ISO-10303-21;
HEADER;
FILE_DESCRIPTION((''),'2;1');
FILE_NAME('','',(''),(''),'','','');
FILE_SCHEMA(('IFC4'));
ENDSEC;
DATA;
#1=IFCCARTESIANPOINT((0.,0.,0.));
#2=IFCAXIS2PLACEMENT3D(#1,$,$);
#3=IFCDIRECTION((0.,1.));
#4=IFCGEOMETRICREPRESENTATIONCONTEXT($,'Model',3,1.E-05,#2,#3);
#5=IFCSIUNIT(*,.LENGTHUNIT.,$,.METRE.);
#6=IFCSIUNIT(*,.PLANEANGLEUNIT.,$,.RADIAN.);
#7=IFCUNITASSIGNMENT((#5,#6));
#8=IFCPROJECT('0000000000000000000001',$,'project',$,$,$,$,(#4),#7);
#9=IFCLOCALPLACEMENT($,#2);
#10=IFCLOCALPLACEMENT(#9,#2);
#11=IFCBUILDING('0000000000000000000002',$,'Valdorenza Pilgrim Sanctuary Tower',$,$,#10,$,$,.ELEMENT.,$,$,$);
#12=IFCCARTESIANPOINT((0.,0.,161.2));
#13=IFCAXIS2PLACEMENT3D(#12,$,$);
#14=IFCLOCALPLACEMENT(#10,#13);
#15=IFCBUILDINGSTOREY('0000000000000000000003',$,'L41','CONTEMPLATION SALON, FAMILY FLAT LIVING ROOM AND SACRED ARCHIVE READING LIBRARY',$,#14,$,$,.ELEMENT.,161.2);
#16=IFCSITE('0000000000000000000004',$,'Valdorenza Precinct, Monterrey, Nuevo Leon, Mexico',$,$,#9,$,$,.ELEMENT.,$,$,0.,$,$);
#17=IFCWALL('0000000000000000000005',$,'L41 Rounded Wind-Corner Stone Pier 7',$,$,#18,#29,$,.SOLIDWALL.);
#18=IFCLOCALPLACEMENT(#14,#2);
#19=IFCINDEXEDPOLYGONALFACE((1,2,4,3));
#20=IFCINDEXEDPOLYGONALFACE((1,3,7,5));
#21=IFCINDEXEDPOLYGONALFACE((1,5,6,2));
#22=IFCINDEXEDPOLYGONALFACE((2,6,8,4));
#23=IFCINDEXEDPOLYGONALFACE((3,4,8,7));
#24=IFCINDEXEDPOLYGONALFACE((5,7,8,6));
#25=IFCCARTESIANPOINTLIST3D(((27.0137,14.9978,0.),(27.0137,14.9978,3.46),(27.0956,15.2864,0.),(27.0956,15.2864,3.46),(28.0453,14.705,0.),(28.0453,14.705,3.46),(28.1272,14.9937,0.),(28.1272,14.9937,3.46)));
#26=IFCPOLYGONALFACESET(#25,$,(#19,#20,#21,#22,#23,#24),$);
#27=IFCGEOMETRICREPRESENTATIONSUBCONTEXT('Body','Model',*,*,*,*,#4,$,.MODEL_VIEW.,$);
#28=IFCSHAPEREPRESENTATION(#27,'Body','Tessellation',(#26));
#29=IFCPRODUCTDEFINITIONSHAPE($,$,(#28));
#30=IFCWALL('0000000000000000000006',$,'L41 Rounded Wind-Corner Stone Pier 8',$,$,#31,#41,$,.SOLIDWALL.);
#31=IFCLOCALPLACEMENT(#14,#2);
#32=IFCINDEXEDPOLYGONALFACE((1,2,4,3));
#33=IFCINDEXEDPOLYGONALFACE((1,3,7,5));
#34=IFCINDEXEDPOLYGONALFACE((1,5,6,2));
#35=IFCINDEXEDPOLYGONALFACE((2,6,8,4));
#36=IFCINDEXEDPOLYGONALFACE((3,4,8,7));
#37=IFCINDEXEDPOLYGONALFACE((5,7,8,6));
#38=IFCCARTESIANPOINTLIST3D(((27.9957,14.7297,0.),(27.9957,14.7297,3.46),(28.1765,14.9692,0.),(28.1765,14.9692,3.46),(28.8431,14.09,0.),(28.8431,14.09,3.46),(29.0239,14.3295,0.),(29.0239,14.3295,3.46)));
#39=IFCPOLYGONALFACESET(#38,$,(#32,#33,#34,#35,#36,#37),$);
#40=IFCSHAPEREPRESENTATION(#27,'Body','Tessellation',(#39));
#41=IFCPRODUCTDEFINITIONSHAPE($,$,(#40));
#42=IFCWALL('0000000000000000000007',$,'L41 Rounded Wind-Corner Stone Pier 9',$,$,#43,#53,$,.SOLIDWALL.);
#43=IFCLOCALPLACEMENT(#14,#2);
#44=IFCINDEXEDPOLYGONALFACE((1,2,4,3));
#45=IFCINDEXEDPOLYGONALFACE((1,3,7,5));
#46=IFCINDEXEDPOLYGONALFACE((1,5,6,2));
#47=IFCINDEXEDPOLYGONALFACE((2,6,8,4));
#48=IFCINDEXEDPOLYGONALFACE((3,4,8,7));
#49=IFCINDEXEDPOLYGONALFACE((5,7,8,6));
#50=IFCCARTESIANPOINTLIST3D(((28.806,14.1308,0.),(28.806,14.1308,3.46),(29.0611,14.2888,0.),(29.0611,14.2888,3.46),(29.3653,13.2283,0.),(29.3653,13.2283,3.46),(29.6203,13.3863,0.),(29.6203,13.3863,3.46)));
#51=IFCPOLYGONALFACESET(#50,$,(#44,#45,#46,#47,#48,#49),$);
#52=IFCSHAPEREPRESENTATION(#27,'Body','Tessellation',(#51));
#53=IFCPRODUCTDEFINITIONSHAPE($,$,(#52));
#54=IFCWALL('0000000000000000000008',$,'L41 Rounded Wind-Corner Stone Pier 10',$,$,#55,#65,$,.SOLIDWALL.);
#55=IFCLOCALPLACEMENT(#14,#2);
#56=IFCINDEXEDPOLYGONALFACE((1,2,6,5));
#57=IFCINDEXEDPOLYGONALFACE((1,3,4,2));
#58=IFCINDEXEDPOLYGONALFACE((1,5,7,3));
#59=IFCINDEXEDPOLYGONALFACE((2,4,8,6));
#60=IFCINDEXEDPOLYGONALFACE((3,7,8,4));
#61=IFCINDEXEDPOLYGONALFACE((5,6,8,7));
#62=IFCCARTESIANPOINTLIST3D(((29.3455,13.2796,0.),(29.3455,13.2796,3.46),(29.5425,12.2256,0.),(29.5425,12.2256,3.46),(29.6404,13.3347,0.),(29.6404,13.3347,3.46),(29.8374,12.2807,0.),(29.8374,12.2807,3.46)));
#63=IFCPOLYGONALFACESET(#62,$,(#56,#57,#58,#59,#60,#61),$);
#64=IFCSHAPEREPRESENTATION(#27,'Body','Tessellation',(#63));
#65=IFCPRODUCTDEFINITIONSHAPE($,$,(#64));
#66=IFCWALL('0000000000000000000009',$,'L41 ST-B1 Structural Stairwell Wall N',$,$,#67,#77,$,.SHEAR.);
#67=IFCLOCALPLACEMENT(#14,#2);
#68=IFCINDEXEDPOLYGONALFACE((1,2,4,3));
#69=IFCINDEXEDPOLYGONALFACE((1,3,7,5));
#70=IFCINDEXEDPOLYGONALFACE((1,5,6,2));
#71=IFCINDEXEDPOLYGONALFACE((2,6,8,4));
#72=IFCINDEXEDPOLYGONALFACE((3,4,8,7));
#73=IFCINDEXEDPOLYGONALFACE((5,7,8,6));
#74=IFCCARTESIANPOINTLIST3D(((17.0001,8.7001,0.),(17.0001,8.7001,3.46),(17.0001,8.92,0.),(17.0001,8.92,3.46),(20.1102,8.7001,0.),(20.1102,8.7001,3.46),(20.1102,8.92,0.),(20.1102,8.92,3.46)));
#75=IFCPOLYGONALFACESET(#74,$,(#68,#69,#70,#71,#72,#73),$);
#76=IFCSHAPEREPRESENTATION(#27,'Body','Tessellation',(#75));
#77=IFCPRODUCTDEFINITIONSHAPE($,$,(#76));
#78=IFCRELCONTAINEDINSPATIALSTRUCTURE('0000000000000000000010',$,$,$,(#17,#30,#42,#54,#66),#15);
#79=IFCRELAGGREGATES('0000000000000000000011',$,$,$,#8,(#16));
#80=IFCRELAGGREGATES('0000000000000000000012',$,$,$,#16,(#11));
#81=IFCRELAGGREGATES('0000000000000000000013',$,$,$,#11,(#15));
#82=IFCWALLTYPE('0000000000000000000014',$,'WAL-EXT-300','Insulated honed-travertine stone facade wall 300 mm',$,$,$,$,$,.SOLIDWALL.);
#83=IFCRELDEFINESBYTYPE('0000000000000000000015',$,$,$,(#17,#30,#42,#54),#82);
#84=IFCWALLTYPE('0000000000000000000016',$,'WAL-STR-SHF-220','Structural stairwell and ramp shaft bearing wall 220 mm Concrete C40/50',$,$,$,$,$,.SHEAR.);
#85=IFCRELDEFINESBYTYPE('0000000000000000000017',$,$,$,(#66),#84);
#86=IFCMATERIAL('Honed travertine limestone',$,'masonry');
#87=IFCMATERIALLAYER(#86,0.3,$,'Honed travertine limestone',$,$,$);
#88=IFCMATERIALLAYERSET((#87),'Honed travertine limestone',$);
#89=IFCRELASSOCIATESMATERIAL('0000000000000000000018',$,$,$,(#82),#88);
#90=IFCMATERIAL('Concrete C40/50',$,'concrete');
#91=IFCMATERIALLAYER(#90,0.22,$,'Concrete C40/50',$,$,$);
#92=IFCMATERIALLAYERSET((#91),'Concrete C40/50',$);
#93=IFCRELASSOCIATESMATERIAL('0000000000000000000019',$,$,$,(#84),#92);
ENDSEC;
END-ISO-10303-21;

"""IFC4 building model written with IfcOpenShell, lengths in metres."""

from ifc_helpers import new_model, si_unit, direction, frame, frame_2d, origin, place, context, subcontext, project, spatial, rectangle, extrude, material, layer, layer_set, type_object, element, save


model = new_model("IFC4")

# Units and contexts
model_context = context("Model", 3, precision=1e-05, world=origin(), true_north=direction((0.0, 1.0)))
body_context = subcontext(model_context, "Body", "Model", "MODEL_VIEW")
ifc_project = project(units=[si_unit("LENGTHUNIT", "METRE"), si_unit("PLANEANGLEUNIT", "RADIAN")], contexts=[model_context])

# Site, building, storey
site_placement = place(None, origin())
site = spatial("IfcSite", under=ifc_project, at=site_placement, Name="Valdorenza Precinct, Monterrey, Nuevo Leon, Mexico", CompositionType="ELEMENT", RefElevation=0.0)
building_placement = place(site_placement, origin())
building = spatial("IfcBuilding", under=site, at=building_placement, Name="Valdorenza Pilgrim Sanctuary Tower", CompositionType="ELEMENT")
storey_placement = place(building_placement, frame((0.0, 0.0, 161.2)))
storey = spatial("IfcBuildingStorey", under=building, at=storey_placement, Name="L41", Description="CONTEMPLATION SALON, FAMILY FLAT LIVING ROOM AND SACRED ARCHIVE READING LIBRARY", CompositionType="ELEMENT", Elevation=161.2)

# Shared definitions
ifc_material_1 = material(Name="Honed travertine limestone", Category="masonry")

# Walls
ifc_layer_1 = layer(ifc_material_1, 0.3, Name="Honed travertine limestone")
ifc_layer_set_1 = layer_set([ifc_layer_1], Name="Honed travertine limestone")
wall_type_1 = type_object("IfcWallType", Name="WAL-EXT-300", Description="Insulated honed-travertine stone facade wall 300 mm", PredefinedType="SOLIDWALL", material=ifc_layer_set_1)
wall_1_placement = place(storey_placement, frame((27.0547, 15.1421, 0.0), z_axis=(0.0, 0.0, 1.0), x_axis=(0.962012, -0.273007, 0.0)))
element("IfcWall", 1, at=wall_1_placement, inside=storey, type_object=wall_type_1, Name="L41 Rounded Wind-Corner Stone Pier 7", PredefinedType="SOLIDWALL", context=body_context, shape_type="SweptSolid", body=[
    extrude(rectangle(XDim=1.0723, YDim=0.3, at=frame_2d((0.5361, 0.0))), origin(), (0.0, 0.0, 1.0), 3.46),
])
for number, where, z_axis, x_axis, name in (
    (2, (28.0862, 14.8494, 0.0), (0.0, 0.0, 1.0), (0.798147, -0.602462, 0.0), "L41 Rounded Wind-Corner Stone Pier 8"),
    (3, (28.9336, 14.2097, 0.0), (0.0, 0.0, 1.0), (0.52675, -0.85002, 0.0), "L41 Rounded Wind-Corner Stone Pier 9"),
):
    element("IfcWall", number, at=place(storey_placement, frame(where, z_axis=z_axis, x_axis=x_axis)), inside=storey, type_object=wall_type_1, Name=name, PredefinedType="SOLIDWALL", context=body_context, shape_type="SweptSolid", body=[
        extrude(rectangle(XDim=1.0618, YDim=0.3, at=frame_2d((0.5308, 0.0))), origin(), (0.0, 0.0, 1.0), 3.46),
    ])
wall_2_placement = place(storey_placement, frame((29.4929, 13.3071, 0.0), z_axis=(0.0, 0.0, 1.0), x_axis=(0.183752, -0.982973, 0.0)))
element("IfcWall", 4, at=wall_2_placement, inside=storey, type_object=wall_type_1, Name="L41 Rounded Wind-Corner Stone Pier 10", PredefinedType="SOLIDWALL", context=body_context, shape_type="SweptSolid", body=[
    extrude(rectangle(XDim=1.0723, YDim=0.3, at=frame_2d((0.5361, 0.0))), origin(), (0.0, 0.0, 1.0), 3.46),
])
ifc_material_2 = material(Name="Concrete C40/50", Category="concrete")
ifc_layer_2 = layer(ifc_material_2, 0.22, Name="Concrete C40/50")
ifc_layer_set_2 = layer_set([ifc_layer_2], Name="Concrete C40/50")
wall_type_2 = type_object("IfcWallType", Name="WAL-STR-SHF-220", Description="Structural stairwell and ramp shaft bearing wall 220 mm Concrete C40/50", PredefinedType="SHEAR", material=ifc_layer_set_2)
wall_3_placement = place(storey_placement, frame((17.0, 8.8101, 0.0), z_axis=(0.0, 0.0, 1.0), x_axis=(1.0, 0.0, 0.0)))
element("IfcWall", 5, at=wall_3_placement, inside=storey, type_object=wall_type_2, Name="L41 ST-B1 Structural Stairwell Wall N", PredefinedType="SHEAR", context=body_context, shape_type="SweptSolid", body=[
    extrude(rectangle(XDim=3.1101, YDim=0.22, at=frame_2d((1.5552, 0.0))), origin(), (0.0, 0.0, 1.0), 3.46),
])

save(model, "model.ifc")
